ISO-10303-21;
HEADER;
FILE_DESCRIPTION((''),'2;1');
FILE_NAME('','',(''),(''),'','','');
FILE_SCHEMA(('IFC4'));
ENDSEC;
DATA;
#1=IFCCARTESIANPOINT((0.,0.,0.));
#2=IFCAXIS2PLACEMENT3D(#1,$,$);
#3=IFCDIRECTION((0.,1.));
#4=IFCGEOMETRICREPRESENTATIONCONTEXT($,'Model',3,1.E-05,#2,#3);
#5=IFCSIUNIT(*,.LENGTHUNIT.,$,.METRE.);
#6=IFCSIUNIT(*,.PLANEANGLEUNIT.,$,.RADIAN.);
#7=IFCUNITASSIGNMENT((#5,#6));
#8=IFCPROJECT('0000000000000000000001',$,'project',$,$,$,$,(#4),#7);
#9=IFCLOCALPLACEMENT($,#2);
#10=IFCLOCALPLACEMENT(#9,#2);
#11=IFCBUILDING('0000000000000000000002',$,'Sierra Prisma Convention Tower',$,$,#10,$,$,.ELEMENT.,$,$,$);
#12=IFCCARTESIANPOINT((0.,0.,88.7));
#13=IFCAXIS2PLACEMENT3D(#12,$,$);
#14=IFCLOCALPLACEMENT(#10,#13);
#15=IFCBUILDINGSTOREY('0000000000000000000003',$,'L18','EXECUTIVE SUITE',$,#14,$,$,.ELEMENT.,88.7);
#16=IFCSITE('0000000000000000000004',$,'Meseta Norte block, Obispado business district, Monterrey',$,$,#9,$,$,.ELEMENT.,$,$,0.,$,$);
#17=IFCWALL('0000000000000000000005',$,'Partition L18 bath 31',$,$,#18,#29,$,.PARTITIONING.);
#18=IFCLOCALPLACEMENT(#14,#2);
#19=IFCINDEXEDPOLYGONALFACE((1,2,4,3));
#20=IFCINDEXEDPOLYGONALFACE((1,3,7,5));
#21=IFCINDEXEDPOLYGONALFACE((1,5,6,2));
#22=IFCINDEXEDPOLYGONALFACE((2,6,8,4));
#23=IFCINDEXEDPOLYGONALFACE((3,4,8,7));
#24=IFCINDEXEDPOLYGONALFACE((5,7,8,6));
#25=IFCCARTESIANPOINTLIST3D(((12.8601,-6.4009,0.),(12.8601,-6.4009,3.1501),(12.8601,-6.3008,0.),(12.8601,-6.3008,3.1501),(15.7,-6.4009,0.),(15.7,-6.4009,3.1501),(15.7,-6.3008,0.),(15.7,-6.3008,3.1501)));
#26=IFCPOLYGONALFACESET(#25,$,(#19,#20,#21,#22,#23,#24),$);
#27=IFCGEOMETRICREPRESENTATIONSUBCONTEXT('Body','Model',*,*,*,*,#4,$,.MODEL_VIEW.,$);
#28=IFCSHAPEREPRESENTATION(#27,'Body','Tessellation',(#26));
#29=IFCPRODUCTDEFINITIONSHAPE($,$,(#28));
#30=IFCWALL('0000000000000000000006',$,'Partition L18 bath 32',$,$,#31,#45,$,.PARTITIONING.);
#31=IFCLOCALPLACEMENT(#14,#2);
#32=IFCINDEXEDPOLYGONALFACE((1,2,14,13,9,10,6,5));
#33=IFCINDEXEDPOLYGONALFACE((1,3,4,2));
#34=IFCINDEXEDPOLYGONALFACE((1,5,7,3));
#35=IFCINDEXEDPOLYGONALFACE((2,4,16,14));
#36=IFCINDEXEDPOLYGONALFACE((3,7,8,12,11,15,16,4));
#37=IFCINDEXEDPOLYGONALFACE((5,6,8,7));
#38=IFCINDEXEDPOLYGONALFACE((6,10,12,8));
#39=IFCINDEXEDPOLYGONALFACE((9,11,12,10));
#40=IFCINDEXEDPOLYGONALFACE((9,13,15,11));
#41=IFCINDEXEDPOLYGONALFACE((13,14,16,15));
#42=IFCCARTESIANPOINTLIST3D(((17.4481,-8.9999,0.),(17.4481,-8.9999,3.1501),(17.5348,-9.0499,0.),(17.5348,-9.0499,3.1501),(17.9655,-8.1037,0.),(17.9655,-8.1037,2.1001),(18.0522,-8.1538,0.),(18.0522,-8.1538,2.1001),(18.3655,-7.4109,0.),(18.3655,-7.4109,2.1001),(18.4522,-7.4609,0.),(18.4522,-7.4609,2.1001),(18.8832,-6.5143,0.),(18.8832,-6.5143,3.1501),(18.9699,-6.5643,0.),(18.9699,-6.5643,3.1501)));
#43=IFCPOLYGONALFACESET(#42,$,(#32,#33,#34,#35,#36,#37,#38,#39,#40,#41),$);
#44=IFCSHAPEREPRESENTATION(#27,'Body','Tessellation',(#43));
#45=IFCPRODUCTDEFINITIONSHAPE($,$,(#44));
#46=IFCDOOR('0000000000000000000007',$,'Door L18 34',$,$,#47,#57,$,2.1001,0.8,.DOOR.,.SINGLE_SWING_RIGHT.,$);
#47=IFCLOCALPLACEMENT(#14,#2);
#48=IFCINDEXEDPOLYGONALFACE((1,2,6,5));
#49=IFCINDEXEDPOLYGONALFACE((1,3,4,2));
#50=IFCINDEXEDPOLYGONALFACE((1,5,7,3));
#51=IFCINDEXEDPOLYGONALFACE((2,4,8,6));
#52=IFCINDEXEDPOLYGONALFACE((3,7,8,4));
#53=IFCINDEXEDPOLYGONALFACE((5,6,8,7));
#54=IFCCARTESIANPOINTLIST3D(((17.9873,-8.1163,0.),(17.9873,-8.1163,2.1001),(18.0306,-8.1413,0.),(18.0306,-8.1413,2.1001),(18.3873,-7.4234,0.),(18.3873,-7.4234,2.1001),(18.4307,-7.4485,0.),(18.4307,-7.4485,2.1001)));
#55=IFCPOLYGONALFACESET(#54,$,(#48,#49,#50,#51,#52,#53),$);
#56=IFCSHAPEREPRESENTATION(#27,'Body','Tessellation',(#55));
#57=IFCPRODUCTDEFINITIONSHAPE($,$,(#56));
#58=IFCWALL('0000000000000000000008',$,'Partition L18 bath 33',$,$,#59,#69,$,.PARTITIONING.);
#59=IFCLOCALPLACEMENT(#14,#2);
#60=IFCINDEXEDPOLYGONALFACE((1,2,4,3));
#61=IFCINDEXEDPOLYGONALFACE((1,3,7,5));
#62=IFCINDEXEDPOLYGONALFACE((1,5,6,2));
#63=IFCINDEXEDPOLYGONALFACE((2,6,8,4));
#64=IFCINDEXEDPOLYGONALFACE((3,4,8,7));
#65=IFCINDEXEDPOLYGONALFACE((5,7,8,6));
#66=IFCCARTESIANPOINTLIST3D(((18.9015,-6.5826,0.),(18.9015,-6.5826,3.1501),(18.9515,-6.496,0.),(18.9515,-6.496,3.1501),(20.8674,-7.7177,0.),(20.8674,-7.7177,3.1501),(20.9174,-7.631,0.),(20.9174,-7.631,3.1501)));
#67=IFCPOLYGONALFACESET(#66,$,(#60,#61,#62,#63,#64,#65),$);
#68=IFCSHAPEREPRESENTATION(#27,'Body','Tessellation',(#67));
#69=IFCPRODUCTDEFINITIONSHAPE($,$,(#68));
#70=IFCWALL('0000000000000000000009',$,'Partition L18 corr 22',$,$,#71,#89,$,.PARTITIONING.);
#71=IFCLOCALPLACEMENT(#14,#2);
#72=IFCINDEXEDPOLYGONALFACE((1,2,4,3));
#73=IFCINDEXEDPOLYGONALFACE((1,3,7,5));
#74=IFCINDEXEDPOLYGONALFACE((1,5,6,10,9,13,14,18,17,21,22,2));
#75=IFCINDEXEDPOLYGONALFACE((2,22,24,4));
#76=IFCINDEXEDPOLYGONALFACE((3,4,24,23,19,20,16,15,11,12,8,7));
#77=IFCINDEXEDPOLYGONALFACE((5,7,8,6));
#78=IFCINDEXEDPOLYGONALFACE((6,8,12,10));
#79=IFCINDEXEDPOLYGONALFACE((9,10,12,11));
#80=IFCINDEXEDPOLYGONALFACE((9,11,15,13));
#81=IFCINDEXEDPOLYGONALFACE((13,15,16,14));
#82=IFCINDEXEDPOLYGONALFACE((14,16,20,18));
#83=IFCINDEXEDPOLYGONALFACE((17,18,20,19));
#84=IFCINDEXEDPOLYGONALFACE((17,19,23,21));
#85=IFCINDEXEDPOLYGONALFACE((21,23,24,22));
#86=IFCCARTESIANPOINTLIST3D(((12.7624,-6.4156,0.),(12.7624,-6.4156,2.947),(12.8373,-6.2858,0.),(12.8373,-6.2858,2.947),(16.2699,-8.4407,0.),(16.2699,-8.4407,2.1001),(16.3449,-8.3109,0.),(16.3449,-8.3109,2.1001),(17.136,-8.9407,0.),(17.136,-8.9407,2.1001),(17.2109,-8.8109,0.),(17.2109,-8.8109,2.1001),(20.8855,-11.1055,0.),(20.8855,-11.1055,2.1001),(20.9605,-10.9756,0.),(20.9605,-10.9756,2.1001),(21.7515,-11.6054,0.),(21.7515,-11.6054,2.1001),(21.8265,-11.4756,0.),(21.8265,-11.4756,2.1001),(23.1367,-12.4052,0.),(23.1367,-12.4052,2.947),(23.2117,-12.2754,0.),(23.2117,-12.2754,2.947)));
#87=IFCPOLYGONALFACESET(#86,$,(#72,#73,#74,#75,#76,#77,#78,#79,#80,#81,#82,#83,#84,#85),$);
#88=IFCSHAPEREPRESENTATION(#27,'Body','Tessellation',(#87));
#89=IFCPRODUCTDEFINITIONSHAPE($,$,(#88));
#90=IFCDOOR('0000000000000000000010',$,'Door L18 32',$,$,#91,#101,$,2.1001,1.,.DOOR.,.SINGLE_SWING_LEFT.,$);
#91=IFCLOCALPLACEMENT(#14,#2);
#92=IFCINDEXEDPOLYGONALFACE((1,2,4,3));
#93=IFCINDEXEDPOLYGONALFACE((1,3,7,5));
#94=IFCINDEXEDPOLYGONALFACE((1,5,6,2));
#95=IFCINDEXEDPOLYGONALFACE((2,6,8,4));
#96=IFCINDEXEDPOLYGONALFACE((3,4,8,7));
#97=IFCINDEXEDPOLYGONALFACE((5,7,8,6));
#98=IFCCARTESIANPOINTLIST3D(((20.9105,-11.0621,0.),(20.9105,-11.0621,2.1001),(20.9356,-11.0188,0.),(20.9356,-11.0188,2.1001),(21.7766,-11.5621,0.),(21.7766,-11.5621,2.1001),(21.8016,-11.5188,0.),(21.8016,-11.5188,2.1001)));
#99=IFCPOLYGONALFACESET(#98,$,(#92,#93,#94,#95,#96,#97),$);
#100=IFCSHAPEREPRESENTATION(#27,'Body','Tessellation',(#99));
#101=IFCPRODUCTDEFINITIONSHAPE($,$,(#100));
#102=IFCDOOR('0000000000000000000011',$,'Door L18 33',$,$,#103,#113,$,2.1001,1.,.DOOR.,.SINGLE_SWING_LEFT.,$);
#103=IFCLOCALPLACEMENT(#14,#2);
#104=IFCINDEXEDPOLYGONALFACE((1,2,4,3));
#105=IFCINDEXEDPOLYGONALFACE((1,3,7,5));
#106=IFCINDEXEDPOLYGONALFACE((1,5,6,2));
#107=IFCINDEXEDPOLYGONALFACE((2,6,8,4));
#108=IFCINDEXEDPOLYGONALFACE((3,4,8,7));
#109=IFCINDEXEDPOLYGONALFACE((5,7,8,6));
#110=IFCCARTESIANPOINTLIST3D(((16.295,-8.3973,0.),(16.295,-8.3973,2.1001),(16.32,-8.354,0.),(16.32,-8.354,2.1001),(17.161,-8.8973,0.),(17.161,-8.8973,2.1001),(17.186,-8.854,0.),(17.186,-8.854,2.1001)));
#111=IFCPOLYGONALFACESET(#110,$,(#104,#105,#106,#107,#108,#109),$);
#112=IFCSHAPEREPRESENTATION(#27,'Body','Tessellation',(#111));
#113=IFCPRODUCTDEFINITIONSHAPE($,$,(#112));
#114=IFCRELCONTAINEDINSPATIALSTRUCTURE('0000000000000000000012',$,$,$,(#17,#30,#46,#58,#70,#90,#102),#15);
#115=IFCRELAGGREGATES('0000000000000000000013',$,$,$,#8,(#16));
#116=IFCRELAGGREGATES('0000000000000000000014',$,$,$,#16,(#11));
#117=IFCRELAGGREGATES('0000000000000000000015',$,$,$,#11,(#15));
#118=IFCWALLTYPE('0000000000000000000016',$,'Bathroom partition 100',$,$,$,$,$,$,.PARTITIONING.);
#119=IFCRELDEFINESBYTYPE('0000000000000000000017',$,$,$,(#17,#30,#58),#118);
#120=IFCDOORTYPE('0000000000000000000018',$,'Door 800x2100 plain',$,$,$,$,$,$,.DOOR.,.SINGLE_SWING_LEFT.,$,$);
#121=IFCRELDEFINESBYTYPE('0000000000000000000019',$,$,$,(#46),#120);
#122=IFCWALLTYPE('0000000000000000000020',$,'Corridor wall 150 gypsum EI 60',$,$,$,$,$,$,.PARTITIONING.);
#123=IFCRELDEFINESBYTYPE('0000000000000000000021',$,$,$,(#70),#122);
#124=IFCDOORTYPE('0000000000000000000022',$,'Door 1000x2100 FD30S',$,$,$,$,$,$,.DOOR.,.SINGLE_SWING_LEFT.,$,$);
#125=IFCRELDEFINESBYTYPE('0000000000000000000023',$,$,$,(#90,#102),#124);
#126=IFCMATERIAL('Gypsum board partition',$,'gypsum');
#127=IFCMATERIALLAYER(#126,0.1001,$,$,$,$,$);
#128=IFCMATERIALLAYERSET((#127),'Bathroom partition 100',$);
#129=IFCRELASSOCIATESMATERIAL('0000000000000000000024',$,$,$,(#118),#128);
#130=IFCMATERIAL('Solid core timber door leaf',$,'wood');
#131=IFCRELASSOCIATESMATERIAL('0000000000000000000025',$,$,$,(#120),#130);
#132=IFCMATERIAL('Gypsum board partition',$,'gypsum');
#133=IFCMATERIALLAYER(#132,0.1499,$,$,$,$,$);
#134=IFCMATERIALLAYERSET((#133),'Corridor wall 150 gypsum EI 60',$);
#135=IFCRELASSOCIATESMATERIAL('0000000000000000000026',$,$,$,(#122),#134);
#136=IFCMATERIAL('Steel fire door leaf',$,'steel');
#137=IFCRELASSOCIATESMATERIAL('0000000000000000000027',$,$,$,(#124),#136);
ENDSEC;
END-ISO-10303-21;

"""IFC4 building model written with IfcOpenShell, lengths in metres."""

from ifc_helpers import new_model, si_unit, direction, frame, frame_2d, origin, place, context, subcontext, project, spatial, rectangle, extrude, material, layer, layer_set, type_object, element, fill, save


model = new_model("IFC4")

# Units and contexts
model_context = context("Model", 3, precision=1e-05, world=origin(), true_north=direction((0.0, 1.0)))
body_context = subcontext(model_context, "Body", "Model", "MODEL_VIEW")
ifc_project = project(units=[si_unit("LENGTHUNIT", "METRE"), si_unit("PLANEANGLEUNIT", "RADIAN")], contexts=[model_context])

# Site, building, storey
site_placement = place(None, origin())
site = spatial("IfcSite", under=ifc_project, at=site_placement, Name="Meseta Norte block, Obispado business district, Monterrey", CompositionType="ELEMENT", RefElevation=0.0)
building_placement = place(site_placement, origin())
building = spatial("IfcBuilding", under=site, at=building_placement, Name="Sierra Prisma Convention Tower", CompositionType="ELEMENT")
storey_placement = place(building_placement, frame((0.0, 0.0, 88.7)))
storey = spatial("IfcBuildingStorey", under=building, at=storey_placement, Name="L18", Description="EXECUTIVE SUITE", CompositionType="ELEMENT", Elevation=88.7)

# Wall
ifc_material_1 = material(Name="Gypsum board partition", Category="gypsum")
ifc_layer_1 = layer(ifc_material_1, 0.1001)
ifc_layer_set_1 = layer_set([ifc_layer_1], Name="Bathroom partition 100")
wall_type_1 = type_object("IfcWallType", Name="Bathroom partition 100", PredefinedType="PARTITIONING", material=ifc_layer_set_1)
wall_1_placement = place(storey_placement, frame((15.7, -6.3508, 0.0), z_axis=(0.0, 0.0, 1.0), x_axis=(-1.0, 0.0, 0.0)))
element("IfcWall", 1, at=wall_1_placement, inside=storey, type_object=wall_type_1, Name="Partition L18 bath 31", PredefinedType="PARTITIONING", context=body_context, shape_type="SweptSolid", body=[
    extrude(rectangle(XDim=2.8398, YDim=0.1001, at=frame_2d((1.4199, 0.0))), origin(), (0.0, 0.0, 1.0), 3.1501),
])

# Wall, opening, door
wall_2_placement = place(storey_placement, frame((17.4915, -9.0249, 0.0), z_axis=(0.0, 0.0, 1.0), x_axis=(0.5, 0.866026, 0.0)))
wall_2 = element("IfcWall", 2, at=wall_2_placement, inside=storey, type_object=wall_type_1, Name="Partition L18 bath 32", PredefinedType="PARTITIONING", context=body_context, shape_type="SweptSolid", body=[
    extrude(rectangle(XDim=2.8701, YDim=0.1001, at=frame_2d((1.4351, 0.0))), origin(), (0.0, 0.0, 1.0), 3.1501),
])
opening_1_placement = place(wall_2_placement, frame((1.0349, 0.0, 0.0)))
opening_1 = element("IfcOpeningElement", 3, at=opening_1_placement, cuts=wall_2, PredefinedType="OPENING", context=body_context, shape_type="SweptSolid", body=[
    extrude(rectangle(XDim=0.8, YDim=2.1001, at=frame_2d((0.3999, 1.05))), frame((0.0, 0.05, 0.0), z_axis=(0.0, -1.0, 0.0), x_axis=(1.0, 0.0, 0.0)), (0.0, 0.0, 1.0), 0.1001),
])
ifc_material_2 = material(Name="Solid core timber door leaf", Category="wood")
door_type_1 = type_object("IfcDoorType", Name="Door 800x2100 plain", OperationType="SINGLE_SWING_LEFT", PredefinedType="DOOR", material=ifc_material_2)
door_1_placement = place(opening_1_placement, origin())
door_1 = element("IfcDoor", 4, at=door_1_placement, inside=storey, type_object=door_type_1, Name="Door L18 34", OperationType="SINGLE_SWING_RIGHT", OverallHeight=2.1001, OverallWidth=0.8, PredefinedType="DOOR", context=body_context, shape_type="SweptSolid", body=[
    extrude(rectangle(XDim=0.8, YDim=2.1001, at=frame_2d((0.3999, 1.05))), frame((0.0, 0.0249, 0.0), z_axis=(0.0, -1.0, 0.0), x_axis=(1.0, 0.0, 0.0)), (0.0, 0.0, 1.0), 0.05),
])
fill(opening_1, door_1)

# Wall
wall_3_placement = place(storey_placement, frame((18.9265, -6.5393, 0.0), z_axis=(0.0, 0.0, 1.0), x_axis=(0.866017, -0.500014, 0.0)))
element("IfcWall", 5, at=wall_3_placement, inside=storey, type_object=wall_type_1, Name="Partition L18 bath 33", PredefinedType="PARTITIONING", context=body_context, shape_type="SweptSolid", body=[
    extrude(rectangle(XDim=2.27, YDim=0.1001, at=frame_2d((1.135, 0.0))), origin(), (0.0, 0.0, 1.0), 3.1501),
])

# Wall, openings, doors
ifc_material_3 = material(Name="Gypsum board partition", Category="gypsum")
ifc_layer_2 = layer(ifc_material_3, 0.1499)
ifc_layer_set_2 = layer_set([ifc_layer_2], Name="Corridor wall 150 gypsum EI 60")
wall_type_2 = type_object("IfcWallType", Name="Corridor wall 150 gypsum EI 60", PredefinedType="PARTITIONING", material=ifc_layer_set_2)
wall_4_placement = place(storey_placement, frame((23.1743, -12.3403, 0.0), z_axis=(0.0, 0.0, 1.0), x_axis=(-0.866028, 0.499995, 0.0)))
wall_4 = element("IfcWall", 6, at=wall_4_placement, inside=storey, type_object=wall_type_2, Name="Partition L18 corr 22", PredefinedType="PARTITIONING", context=body_context, shape_type="SweptSolid", body=[
    extrude(rectangle(XDim=11.9792, YDim=0.1499, at=frame_2d((5.9897, 0.0))), origin(), (0.0, 0.0, 1.0), 2.947),
])
opening_2_placement = place(wall_4_placement, frame((1.5996, 0.0, 0.0)))
opening_2 = element("IfcOpeningElement", 7, at=opening_2_placement, cuts=wall_4, PredefinedType="OPENING", context=body_context, shape_type="SweptSolid", body=[
    extrude(rectangle(XDim=1.0, YDim=2.1001, at=frame_2d((0.5, 1.05))), frame((0.0, 0.075, 0.0), z_axis=(0.0, -1.0, 0.0), x_axis=(1.0, 0.0, 0.0)), (0.0, 0.0, 1.0), 0.1499),
])
opening_3_placement = place(wall_4_placement, frame((6.9292, 0.0, 0.0)))
opening_3 = element("IfcOpeningElement", 8, at=opening_3_placement, cuts=wall_4, PredefinedType="OPENING", context=body_context, shape_type="SweptSolid", body=[
    extrude(rectangle(XDim=1.0, YDim=2.1001, at=frame_2d((0.5, 1.05))), frame((0.0, 0.075, 0.0), z_axis=(0.0, -1.0, 0.0), x_axis=(1.0, 0.0, 0.0)), (0.0, 0.0, 1.0), 0.1499),
])
ifc_material_4 = material(Name="Steel fire door leaf", Category="steel")
door_type_2 = type_object("IfcDoorType", Name="Door 1000x2100 FD30S", OperationType="SINGLE_SWING_LEFT", PredefinedType="DOOR", material=ifc_material_4)
door_2_placement = place(opening_2_placement, origin())
door_2 = element("IfcDoor", 9, at=door_2_placement, inside=storey, type_object=door_type_2, Name="Door L18 32", OperationType="SINGLE_SWING_LEFT", OverallHeight=2.1001, OverallWidth=1.0, PredefinedType="DOOR", context=body_context, shape_type="SweptSolid", body=[
    extrude(rectangle(XDim=1.0, YDim=2.1001, at=frame_2d((0.5, 1.05))), frame((0.0, 0.0249, 0.0), z_axis=(0.0, -1.0, 0.0), x_axis=(1.0, 0.0, 0.0)), (0.0, 0.0, 1.0), 0.05),
])
fill(opening_2, door_2)
door_3_placement = place(opening_3_placement, origin())
door_3 = element("IfcDoor", 10, at=door_3_placement, inside=storey, type_object=door_type_2, Name="Door L18 33", OperationType="SINGLE_SWING_LEFT", OverallHeight=2.1001, OverallWidth=1.0, PredefinedType="DOOR", context=body_context, shape_type="SweptSolid", body=[
    extrude(rectangle(XDim=1.0, YDim=2.1001, at=frame_2d((0.5, 1.05))), frame((0.0, 0.0249, 0.0), z_axis=(0.0, -1.0, 0.0), x_axis=(1.0, 0.0, 0.0)), (0.0, 0.0, 1.0), 0.05),
])
fill(opening_3, door_3)

save(model, "model.ifc")
